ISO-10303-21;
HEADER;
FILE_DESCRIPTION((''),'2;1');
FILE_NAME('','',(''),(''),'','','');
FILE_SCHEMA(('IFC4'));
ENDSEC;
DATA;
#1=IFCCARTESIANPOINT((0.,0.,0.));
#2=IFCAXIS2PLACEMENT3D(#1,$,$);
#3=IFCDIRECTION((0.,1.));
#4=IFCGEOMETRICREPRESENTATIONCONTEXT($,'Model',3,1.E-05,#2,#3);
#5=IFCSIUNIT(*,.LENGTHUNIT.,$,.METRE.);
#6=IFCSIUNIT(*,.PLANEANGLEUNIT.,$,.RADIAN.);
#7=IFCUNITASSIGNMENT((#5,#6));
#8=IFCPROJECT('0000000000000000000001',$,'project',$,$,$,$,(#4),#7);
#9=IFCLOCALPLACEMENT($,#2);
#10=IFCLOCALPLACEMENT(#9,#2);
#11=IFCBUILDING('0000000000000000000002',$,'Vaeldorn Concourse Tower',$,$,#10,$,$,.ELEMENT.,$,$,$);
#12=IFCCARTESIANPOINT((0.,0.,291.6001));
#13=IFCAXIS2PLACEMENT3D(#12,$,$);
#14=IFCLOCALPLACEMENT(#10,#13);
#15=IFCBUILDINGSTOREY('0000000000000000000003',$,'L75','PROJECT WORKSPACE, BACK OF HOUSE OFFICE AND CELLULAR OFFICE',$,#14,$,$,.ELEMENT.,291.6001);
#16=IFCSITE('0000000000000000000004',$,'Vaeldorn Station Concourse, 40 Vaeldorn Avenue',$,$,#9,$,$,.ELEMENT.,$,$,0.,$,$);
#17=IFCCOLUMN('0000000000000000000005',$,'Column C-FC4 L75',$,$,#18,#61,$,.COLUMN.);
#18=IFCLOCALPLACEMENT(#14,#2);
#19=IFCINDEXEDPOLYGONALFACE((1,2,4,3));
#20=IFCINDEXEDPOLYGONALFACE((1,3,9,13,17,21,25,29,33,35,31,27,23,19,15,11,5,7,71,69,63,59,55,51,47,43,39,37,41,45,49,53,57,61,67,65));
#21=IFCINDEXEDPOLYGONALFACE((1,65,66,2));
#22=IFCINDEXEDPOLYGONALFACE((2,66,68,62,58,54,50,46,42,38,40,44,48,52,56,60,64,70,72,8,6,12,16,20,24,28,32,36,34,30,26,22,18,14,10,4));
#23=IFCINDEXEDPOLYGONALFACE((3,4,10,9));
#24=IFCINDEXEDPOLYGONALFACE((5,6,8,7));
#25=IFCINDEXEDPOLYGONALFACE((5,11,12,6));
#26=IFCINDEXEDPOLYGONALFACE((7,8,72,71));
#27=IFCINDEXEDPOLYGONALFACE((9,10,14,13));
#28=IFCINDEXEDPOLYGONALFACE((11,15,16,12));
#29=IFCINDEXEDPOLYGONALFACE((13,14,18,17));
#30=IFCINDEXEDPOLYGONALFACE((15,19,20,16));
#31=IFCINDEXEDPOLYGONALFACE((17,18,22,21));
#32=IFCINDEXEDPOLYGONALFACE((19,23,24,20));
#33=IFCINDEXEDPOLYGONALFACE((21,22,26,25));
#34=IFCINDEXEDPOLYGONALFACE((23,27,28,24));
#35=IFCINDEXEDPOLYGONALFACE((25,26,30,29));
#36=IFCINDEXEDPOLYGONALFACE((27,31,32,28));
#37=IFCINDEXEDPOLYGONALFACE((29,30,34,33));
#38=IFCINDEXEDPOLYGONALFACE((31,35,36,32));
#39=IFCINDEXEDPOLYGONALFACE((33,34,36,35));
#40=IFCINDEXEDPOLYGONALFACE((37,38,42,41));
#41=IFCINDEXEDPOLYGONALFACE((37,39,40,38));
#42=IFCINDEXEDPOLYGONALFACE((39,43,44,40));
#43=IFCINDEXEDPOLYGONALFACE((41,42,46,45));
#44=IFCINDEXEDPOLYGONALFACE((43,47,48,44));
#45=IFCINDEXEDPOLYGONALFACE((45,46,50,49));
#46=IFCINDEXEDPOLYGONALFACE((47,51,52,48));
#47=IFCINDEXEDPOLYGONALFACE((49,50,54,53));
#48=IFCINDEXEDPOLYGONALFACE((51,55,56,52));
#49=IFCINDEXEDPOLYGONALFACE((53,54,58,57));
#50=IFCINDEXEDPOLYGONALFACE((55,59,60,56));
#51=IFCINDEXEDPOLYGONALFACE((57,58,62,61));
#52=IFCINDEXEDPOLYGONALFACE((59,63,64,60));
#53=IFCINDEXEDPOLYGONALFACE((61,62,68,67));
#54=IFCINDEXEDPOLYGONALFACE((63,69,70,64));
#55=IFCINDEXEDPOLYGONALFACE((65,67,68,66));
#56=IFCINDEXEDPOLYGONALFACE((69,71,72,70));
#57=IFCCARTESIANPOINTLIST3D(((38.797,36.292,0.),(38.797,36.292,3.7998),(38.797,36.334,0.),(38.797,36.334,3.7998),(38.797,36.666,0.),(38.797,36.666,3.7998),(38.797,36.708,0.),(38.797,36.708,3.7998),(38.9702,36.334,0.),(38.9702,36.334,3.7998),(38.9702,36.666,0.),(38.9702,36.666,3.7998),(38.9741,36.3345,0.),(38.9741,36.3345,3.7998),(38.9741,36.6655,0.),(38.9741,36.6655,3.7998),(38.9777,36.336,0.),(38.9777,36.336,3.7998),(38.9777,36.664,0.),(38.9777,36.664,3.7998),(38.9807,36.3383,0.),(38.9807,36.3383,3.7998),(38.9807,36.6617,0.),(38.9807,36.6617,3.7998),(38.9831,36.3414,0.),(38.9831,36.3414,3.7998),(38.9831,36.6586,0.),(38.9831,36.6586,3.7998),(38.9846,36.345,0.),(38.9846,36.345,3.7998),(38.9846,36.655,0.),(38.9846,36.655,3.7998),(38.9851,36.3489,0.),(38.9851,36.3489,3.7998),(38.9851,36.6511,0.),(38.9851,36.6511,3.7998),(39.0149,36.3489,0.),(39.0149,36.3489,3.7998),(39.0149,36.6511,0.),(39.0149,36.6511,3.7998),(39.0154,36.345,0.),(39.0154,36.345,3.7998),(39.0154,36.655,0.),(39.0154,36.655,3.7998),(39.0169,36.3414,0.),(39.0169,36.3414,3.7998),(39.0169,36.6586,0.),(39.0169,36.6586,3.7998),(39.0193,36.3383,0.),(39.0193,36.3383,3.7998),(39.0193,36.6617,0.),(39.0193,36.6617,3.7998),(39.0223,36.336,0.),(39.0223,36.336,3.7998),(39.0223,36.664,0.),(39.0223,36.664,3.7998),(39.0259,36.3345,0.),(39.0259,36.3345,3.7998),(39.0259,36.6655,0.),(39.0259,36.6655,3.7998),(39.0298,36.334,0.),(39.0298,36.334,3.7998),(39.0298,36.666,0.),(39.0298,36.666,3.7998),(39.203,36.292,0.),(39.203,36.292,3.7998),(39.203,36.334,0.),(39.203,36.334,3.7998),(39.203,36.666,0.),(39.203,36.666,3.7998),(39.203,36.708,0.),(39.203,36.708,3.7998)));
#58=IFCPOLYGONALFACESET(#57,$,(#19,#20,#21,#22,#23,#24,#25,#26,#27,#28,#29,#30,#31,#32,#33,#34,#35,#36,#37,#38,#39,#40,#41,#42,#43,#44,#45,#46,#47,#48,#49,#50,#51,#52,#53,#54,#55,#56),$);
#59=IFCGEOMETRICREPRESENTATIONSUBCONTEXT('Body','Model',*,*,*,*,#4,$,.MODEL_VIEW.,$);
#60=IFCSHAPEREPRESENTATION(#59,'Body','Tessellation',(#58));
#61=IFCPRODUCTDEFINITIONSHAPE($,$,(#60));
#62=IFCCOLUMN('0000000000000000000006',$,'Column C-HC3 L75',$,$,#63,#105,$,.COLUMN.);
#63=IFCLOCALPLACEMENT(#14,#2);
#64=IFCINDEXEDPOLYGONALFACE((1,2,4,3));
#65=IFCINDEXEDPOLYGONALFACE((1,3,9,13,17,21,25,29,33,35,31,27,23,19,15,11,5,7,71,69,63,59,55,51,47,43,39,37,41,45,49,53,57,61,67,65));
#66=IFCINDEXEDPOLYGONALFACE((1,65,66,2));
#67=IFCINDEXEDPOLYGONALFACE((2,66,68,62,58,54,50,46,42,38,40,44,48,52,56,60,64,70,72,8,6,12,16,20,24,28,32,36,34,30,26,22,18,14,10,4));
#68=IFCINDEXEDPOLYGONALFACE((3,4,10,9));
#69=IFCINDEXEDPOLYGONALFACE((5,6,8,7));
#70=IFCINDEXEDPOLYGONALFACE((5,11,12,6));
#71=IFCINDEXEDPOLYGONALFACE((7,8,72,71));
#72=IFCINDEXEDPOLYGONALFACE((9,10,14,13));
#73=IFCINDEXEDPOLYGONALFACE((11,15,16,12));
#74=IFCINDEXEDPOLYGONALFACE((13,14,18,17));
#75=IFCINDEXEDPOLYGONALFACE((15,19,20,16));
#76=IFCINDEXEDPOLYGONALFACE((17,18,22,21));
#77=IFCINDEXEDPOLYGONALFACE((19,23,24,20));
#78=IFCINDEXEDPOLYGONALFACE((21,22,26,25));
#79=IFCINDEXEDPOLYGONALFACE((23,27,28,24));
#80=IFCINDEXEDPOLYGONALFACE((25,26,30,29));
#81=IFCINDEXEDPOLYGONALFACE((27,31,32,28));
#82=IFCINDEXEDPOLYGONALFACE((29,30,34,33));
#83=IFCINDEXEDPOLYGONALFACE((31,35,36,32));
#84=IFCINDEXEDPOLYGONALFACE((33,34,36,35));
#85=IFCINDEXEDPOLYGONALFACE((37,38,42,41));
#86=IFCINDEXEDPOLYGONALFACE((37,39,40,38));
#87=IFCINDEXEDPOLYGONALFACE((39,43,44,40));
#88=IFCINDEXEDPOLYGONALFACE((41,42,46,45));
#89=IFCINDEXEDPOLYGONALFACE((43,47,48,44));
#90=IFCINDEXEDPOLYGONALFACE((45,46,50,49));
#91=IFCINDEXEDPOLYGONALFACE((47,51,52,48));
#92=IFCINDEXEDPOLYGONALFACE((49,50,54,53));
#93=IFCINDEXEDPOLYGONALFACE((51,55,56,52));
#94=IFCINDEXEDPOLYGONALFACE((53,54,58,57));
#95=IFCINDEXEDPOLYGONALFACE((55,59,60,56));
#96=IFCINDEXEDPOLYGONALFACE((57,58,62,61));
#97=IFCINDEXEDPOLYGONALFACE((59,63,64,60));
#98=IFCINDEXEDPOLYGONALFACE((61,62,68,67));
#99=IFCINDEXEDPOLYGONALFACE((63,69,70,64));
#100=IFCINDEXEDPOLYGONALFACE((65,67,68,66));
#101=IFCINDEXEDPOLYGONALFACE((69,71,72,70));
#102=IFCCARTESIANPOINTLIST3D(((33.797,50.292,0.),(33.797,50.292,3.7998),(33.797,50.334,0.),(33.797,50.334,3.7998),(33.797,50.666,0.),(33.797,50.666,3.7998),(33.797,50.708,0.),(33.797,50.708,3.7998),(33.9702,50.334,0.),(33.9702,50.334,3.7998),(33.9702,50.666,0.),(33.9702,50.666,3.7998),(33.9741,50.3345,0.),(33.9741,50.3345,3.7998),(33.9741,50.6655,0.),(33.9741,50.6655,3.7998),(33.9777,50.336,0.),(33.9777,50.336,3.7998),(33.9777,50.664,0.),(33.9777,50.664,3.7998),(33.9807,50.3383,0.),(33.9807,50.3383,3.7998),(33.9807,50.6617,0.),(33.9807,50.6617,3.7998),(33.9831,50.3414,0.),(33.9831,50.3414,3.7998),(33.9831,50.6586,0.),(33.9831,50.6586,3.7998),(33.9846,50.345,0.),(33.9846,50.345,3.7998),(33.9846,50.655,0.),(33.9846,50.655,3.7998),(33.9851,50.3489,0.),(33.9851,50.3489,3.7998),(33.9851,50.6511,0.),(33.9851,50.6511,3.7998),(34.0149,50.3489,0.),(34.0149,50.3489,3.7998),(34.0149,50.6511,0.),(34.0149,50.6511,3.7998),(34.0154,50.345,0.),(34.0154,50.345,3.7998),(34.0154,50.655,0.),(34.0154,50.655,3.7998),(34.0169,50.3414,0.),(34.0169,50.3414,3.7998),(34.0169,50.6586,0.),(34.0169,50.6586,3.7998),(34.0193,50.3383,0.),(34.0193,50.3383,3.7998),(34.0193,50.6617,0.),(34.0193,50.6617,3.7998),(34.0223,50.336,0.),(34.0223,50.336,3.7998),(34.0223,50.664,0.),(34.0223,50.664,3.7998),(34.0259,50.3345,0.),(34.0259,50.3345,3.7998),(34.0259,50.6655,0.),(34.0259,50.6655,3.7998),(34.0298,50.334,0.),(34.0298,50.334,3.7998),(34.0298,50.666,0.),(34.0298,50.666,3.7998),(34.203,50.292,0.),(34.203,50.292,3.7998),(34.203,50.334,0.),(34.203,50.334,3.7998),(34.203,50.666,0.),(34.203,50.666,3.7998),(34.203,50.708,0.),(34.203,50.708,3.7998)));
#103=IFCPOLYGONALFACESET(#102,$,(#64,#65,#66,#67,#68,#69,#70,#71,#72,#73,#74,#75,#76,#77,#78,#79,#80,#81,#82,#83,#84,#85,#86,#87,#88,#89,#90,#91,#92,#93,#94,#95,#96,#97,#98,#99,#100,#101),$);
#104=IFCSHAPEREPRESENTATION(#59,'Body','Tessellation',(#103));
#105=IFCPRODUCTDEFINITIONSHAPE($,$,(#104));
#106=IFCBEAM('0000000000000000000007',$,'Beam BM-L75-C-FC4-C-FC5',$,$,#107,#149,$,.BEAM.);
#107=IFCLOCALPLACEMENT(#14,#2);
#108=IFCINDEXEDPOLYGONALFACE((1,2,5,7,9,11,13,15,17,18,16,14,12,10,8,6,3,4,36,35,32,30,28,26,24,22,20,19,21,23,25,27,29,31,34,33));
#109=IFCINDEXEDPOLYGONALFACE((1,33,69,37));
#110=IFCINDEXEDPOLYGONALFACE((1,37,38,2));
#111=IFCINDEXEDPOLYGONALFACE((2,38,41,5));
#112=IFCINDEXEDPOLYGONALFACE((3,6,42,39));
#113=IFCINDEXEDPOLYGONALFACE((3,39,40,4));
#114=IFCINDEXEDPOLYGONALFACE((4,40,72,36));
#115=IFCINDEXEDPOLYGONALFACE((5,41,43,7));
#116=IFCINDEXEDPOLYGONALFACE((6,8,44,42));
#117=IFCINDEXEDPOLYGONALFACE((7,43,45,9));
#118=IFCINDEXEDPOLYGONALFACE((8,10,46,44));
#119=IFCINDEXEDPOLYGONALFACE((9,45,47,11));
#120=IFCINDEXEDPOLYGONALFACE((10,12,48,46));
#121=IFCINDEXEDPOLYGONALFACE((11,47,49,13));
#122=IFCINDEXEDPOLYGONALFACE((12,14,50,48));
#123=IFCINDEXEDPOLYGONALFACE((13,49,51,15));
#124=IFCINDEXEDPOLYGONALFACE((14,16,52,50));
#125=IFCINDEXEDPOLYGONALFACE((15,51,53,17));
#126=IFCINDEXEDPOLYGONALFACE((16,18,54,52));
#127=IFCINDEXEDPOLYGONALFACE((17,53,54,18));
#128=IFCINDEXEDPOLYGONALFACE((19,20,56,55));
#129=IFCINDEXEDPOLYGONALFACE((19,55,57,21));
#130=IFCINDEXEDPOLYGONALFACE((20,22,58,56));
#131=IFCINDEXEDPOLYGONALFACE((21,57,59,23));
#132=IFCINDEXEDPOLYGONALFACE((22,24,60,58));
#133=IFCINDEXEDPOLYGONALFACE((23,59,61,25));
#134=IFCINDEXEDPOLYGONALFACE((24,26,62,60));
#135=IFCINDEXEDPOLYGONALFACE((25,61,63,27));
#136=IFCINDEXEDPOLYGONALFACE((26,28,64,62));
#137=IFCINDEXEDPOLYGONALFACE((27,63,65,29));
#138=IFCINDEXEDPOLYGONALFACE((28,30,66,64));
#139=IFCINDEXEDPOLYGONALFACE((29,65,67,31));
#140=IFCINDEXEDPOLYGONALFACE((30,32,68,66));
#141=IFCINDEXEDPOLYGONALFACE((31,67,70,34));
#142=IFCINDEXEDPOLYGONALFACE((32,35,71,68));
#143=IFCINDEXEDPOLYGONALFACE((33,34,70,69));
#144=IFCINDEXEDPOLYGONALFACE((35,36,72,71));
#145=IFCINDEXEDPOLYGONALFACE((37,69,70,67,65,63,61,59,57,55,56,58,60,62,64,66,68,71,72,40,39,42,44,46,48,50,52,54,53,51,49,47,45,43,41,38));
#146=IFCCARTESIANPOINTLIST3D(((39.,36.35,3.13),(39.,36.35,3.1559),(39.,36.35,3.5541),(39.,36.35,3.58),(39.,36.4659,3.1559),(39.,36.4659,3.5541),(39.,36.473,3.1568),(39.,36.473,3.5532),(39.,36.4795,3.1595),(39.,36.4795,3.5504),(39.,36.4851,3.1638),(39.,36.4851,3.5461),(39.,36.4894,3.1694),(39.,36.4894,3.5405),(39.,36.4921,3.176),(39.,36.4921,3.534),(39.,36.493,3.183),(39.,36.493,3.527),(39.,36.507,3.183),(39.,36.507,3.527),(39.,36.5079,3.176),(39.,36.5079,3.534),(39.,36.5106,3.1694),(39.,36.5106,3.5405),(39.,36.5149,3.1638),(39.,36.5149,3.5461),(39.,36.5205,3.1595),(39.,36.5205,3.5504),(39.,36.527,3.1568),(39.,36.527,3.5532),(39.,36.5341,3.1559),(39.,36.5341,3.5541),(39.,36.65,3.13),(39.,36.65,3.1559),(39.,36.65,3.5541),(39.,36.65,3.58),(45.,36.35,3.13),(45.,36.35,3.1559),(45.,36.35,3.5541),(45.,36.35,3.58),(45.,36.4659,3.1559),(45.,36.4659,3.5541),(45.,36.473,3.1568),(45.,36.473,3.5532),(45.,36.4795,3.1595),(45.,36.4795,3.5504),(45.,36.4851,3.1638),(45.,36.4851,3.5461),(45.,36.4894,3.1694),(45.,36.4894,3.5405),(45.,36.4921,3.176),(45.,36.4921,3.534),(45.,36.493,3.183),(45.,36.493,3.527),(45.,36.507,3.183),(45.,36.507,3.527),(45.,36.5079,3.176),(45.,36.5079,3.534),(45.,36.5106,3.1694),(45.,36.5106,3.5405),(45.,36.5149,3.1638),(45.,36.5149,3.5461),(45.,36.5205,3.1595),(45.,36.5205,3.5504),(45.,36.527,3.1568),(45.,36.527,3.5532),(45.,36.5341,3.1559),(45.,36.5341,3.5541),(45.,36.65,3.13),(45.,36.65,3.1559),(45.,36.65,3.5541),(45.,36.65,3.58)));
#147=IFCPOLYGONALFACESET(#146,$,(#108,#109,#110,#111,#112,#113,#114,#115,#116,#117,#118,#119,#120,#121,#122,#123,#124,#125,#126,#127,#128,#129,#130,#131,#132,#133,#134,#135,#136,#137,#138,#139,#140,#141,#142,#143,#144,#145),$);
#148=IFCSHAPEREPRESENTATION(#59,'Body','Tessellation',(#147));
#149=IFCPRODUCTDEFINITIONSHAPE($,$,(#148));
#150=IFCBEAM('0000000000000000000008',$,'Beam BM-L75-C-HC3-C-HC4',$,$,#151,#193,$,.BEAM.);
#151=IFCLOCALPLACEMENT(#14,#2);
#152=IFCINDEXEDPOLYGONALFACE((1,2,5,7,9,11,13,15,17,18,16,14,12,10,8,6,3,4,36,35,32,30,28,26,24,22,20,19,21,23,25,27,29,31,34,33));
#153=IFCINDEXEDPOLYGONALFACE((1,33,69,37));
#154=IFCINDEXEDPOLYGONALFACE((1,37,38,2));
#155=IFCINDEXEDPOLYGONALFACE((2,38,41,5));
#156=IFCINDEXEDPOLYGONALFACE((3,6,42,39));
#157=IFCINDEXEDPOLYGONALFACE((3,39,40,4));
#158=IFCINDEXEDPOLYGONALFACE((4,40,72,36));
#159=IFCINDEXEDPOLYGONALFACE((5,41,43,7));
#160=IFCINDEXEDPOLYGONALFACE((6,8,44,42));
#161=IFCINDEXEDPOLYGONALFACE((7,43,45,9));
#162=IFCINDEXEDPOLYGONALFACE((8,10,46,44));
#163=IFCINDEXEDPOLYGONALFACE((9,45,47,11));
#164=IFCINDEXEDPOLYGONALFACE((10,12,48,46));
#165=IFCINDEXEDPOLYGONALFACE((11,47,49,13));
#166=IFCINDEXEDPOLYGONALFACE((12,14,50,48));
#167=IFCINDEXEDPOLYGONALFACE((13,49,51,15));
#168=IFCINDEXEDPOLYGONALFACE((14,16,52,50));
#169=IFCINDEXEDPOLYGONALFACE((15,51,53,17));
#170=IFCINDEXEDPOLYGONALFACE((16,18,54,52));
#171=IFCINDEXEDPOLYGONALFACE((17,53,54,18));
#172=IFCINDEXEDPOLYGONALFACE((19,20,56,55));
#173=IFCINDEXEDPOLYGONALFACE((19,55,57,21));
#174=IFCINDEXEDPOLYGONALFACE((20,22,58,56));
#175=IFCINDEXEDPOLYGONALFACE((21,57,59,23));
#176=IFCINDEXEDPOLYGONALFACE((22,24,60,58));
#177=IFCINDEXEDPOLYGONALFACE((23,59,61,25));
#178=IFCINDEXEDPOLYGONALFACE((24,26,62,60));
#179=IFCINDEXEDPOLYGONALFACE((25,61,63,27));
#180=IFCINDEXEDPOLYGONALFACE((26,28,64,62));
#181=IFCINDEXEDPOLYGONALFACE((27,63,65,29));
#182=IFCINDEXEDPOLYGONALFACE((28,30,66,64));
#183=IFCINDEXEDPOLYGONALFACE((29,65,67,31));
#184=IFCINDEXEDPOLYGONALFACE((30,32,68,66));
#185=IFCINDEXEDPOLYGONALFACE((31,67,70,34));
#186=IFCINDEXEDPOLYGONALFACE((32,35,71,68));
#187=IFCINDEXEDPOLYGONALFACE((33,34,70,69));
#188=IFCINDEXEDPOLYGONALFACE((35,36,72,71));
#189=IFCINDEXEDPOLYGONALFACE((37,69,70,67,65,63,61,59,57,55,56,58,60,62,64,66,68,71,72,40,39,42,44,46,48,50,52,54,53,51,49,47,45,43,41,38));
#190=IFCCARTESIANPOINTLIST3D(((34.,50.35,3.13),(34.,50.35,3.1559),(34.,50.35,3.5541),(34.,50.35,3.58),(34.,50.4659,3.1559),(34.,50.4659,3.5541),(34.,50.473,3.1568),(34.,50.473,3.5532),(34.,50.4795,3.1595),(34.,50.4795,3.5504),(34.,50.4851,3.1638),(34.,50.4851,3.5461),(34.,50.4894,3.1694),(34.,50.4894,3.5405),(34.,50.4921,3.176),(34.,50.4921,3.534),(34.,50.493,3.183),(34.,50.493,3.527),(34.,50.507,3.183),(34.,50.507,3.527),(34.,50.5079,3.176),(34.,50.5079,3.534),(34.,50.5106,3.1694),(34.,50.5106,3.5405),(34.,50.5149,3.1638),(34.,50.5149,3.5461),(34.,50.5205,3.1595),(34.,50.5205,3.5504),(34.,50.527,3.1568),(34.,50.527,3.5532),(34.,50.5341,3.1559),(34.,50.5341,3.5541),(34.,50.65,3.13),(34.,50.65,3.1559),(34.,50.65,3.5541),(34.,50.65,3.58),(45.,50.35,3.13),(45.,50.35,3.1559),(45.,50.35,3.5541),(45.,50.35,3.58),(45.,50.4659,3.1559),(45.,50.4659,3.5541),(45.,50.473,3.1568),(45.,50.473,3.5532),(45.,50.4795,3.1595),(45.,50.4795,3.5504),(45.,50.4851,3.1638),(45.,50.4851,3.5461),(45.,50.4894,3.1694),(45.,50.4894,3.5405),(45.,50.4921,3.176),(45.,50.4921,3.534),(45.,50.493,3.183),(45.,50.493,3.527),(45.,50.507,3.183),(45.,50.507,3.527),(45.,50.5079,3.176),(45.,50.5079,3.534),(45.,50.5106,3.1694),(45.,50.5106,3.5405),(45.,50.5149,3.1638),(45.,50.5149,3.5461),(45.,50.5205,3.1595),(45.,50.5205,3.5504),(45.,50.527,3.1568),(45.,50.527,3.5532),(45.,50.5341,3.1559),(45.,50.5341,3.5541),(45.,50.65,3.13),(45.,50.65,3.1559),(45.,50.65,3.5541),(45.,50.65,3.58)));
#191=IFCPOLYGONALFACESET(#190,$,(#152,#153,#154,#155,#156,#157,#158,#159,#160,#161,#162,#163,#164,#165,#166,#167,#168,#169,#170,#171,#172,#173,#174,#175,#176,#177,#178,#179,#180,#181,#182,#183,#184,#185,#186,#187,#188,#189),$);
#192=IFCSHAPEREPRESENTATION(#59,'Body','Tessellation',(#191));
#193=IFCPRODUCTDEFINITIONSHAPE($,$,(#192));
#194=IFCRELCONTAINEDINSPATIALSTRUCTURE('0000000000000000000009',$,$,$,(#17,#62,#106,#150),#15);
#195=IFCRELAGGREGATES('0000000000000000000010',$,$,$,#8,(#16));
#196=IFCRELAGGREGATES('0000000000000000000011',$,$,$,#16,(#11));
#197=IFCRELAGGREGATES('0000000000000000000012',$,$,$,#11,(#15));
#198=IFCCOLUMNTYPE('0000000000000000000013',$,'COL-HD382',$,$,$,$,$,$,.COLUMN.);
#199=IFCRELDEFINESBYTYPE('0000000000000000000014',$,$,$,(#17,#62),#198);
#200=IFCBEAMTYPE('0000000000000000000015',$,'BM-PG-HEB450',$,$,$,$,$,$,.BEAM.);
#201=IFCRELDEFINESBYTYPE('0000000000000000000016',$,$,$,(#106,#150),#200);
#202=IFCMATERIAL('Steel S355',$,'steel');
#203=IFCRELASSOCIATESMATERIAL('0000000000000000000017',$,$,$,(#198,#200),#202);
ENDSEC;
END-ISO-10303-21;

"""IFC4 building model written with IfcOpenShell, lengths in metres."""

from ifc_helpers import new_model, si_unit, direction, frame, origin, origin_2d, place, context, subcontext, project, spatial, i_section, extrude, source, transform, mapped, material, material_profile, profile_set, type_object, element, save


model = new_model("IFC4")

# Units and contexts
model_context = context("Model", 3, precision=1e-05, world=origin(), true_north=direction((0.0, 1.0)))
body_context = subcontext(model_context, "Body", "Model", "MODEL_VIEW")
ifc_project = project(units=[si_unit("LENGTHUNIT", "METRE"), si_unit("PLANEANGLEUNIT", "RADIAN")], contexts=[model_context])

# Site, building, storey
site_placement = place(None, origin())
site = spatial("IfcSite", under=ifc_project, at=site_placement, Name="Vaeldorn Station Concourse, 40 Vaeldorn Avenue", CompositionType="ELEMENT", RefElevation=0.0)
building_placement = place(site_placement, origin())
building = spatial("IfcBuilding", under=site, at=building_placement, Name="Vaeldorn Concourse Tower", CompositionType="ELEMENT")
storey_placement = place(building_placement, frame((0.0, 0.0, 291.6001)))
storey = spatial("IfcBuildingStorey", under=building, at=storey_placement, Name="L75", Description="PROJECT WORKSPACE, BACK OF HOUSE OFFICE AND CELLULAR OFFICE", CompositionType="ELEMENT", Elevation=291.6001)

# Columns
ifc_material_1 = material(Name="Steel S355", Category="steel")
ifc_material_profile_1 = material_profile(ifc_material_1, i_section(OverallWidth=0.406, OverallDepth=0.416, WebThickness=0.0298, FlangeThickness=0.042, FilletRadius=0.0149, at=origin_2d()), Name="HD 400x382")
ifc_profile_set_1 = profile_set([ifc_material_profile_1], Name="Steel S355")
column_type = type_object("IfcColumnType", Name="COL-HD382", PredefinedType="COLUMN", material=ifc_profile_set_1)
shared_shape_1 = source(origin(), body_context, "Body", "SweptSolid", [
    extrude(i_section(OverallWidth=0.406, OverallDepth=0.416, WebThickness=0.0298, FlangeThickness=0.042, FilletRadius=0.0149, at=origin_2d()), origin(), (0.0, 0.0, 1.0), 3.7998),
])
for number, where, z_axis, x_axis, name in (
    (1, (39.0, 36.5, 0.0), (0.0, 0.0, 1.0), (1.0, 0.0, 0.0), "Column C-FC4 L75"),
    (2, (34.0, 50.5, 0.0), (0.0, 0.0, 1.0), (1.0, 0.0, 0.0), "Column C-HC3 L75"),
):
    element("IfcColumn", number, at=place(storey_placement, frame(where, z_axis=z_axis, x_axis=x_axis)), inside=storey, type_object=column_type, Name=name, PredefinedType="COLUMN", context=body_context, shape_type="MappedRepresentation", body=[
        mapped(shared_shape_1, transform((0.0, 0.0, 0.0), scale=1.0)),
    ])

# Beams
ifc_material_profile_2 = material_profile(ifc_material_1, i_section(OverallWidth=0.3, OverallDepth=0.45, WebThickness=0.0139, FlangeThickness=0.0259, FilletRadius=0.0271, at=origin_2d()), Name="HEB 450")
ifc_profile_set_2 = profile_set([ifc_material_profile_2], Name="Steel S355")
beam_type = type_object("IfcBeamType", Name="BM-PG-HEB450", PredefinedType="BEAM", material=ifc_profile_set_2)
shared_shape_2 = source(origin(), body_context, "Body", "SweptSolid", [
    extrude(i_section(OverallWidth=0.3, OverallDepth=0.45, WebThickness=0.0139, FlangeThickness=0.0259, FilletRadius=0.0271, at=origin_2d()), origin(), (0.0, 0.0, 1.0), 6.0),
])
beam_1_placement = place(storey_placement, frame((39.0, 36.5, 3.355), z_axis=(1.0, 0.0, 0.0), x_axis=(0.0, 1.0, 0.0)))
element("IfcBeam", 3, at=beam_1_placement, inside=storey, type_object=beam_type, Name="Beam BM-L75-C-FC4-C-FC5", PredefinedType="BEAM", context=body_context, shape_type="MappedRepresentation", body=[
    mapped(shared_shape_2, transform((0.0, 0.0, 0.0), scale=1.0)),
])
shared_shape_3 = source(origin(), body_context, "Body", "SweptSolid", [
    extrude(i_section(OverallWidth=0.3, OverallDepth=0.45, WebThickness=0.0139, FlangeThickness=0.0259, FilletRadius=0.0271, at=origin_2d()), origin(), (0.0, 0.0, 1.0), 11.0),
])
beam_2_placement = place(storey_placement, frame((34.0, 50.5, 3.355), z_axis=(1.0, 0.0, 0.0), x_axis=(0.0, 1.0, 0.0)))
element("IfcBeam", 4, at=beam_2_placement, inside=storey, type_object=beam_type, Name="Beam BM-L75-C-HC3-C-HC4", PredefinedType="BEAM", context=body_context, shape_type="MappedRepresentation", body=[
    mapped(shared_shape_3, transform((0.0, 0.0, 0.0), scale=1.0)),
])

save(model, "model.ifc")
